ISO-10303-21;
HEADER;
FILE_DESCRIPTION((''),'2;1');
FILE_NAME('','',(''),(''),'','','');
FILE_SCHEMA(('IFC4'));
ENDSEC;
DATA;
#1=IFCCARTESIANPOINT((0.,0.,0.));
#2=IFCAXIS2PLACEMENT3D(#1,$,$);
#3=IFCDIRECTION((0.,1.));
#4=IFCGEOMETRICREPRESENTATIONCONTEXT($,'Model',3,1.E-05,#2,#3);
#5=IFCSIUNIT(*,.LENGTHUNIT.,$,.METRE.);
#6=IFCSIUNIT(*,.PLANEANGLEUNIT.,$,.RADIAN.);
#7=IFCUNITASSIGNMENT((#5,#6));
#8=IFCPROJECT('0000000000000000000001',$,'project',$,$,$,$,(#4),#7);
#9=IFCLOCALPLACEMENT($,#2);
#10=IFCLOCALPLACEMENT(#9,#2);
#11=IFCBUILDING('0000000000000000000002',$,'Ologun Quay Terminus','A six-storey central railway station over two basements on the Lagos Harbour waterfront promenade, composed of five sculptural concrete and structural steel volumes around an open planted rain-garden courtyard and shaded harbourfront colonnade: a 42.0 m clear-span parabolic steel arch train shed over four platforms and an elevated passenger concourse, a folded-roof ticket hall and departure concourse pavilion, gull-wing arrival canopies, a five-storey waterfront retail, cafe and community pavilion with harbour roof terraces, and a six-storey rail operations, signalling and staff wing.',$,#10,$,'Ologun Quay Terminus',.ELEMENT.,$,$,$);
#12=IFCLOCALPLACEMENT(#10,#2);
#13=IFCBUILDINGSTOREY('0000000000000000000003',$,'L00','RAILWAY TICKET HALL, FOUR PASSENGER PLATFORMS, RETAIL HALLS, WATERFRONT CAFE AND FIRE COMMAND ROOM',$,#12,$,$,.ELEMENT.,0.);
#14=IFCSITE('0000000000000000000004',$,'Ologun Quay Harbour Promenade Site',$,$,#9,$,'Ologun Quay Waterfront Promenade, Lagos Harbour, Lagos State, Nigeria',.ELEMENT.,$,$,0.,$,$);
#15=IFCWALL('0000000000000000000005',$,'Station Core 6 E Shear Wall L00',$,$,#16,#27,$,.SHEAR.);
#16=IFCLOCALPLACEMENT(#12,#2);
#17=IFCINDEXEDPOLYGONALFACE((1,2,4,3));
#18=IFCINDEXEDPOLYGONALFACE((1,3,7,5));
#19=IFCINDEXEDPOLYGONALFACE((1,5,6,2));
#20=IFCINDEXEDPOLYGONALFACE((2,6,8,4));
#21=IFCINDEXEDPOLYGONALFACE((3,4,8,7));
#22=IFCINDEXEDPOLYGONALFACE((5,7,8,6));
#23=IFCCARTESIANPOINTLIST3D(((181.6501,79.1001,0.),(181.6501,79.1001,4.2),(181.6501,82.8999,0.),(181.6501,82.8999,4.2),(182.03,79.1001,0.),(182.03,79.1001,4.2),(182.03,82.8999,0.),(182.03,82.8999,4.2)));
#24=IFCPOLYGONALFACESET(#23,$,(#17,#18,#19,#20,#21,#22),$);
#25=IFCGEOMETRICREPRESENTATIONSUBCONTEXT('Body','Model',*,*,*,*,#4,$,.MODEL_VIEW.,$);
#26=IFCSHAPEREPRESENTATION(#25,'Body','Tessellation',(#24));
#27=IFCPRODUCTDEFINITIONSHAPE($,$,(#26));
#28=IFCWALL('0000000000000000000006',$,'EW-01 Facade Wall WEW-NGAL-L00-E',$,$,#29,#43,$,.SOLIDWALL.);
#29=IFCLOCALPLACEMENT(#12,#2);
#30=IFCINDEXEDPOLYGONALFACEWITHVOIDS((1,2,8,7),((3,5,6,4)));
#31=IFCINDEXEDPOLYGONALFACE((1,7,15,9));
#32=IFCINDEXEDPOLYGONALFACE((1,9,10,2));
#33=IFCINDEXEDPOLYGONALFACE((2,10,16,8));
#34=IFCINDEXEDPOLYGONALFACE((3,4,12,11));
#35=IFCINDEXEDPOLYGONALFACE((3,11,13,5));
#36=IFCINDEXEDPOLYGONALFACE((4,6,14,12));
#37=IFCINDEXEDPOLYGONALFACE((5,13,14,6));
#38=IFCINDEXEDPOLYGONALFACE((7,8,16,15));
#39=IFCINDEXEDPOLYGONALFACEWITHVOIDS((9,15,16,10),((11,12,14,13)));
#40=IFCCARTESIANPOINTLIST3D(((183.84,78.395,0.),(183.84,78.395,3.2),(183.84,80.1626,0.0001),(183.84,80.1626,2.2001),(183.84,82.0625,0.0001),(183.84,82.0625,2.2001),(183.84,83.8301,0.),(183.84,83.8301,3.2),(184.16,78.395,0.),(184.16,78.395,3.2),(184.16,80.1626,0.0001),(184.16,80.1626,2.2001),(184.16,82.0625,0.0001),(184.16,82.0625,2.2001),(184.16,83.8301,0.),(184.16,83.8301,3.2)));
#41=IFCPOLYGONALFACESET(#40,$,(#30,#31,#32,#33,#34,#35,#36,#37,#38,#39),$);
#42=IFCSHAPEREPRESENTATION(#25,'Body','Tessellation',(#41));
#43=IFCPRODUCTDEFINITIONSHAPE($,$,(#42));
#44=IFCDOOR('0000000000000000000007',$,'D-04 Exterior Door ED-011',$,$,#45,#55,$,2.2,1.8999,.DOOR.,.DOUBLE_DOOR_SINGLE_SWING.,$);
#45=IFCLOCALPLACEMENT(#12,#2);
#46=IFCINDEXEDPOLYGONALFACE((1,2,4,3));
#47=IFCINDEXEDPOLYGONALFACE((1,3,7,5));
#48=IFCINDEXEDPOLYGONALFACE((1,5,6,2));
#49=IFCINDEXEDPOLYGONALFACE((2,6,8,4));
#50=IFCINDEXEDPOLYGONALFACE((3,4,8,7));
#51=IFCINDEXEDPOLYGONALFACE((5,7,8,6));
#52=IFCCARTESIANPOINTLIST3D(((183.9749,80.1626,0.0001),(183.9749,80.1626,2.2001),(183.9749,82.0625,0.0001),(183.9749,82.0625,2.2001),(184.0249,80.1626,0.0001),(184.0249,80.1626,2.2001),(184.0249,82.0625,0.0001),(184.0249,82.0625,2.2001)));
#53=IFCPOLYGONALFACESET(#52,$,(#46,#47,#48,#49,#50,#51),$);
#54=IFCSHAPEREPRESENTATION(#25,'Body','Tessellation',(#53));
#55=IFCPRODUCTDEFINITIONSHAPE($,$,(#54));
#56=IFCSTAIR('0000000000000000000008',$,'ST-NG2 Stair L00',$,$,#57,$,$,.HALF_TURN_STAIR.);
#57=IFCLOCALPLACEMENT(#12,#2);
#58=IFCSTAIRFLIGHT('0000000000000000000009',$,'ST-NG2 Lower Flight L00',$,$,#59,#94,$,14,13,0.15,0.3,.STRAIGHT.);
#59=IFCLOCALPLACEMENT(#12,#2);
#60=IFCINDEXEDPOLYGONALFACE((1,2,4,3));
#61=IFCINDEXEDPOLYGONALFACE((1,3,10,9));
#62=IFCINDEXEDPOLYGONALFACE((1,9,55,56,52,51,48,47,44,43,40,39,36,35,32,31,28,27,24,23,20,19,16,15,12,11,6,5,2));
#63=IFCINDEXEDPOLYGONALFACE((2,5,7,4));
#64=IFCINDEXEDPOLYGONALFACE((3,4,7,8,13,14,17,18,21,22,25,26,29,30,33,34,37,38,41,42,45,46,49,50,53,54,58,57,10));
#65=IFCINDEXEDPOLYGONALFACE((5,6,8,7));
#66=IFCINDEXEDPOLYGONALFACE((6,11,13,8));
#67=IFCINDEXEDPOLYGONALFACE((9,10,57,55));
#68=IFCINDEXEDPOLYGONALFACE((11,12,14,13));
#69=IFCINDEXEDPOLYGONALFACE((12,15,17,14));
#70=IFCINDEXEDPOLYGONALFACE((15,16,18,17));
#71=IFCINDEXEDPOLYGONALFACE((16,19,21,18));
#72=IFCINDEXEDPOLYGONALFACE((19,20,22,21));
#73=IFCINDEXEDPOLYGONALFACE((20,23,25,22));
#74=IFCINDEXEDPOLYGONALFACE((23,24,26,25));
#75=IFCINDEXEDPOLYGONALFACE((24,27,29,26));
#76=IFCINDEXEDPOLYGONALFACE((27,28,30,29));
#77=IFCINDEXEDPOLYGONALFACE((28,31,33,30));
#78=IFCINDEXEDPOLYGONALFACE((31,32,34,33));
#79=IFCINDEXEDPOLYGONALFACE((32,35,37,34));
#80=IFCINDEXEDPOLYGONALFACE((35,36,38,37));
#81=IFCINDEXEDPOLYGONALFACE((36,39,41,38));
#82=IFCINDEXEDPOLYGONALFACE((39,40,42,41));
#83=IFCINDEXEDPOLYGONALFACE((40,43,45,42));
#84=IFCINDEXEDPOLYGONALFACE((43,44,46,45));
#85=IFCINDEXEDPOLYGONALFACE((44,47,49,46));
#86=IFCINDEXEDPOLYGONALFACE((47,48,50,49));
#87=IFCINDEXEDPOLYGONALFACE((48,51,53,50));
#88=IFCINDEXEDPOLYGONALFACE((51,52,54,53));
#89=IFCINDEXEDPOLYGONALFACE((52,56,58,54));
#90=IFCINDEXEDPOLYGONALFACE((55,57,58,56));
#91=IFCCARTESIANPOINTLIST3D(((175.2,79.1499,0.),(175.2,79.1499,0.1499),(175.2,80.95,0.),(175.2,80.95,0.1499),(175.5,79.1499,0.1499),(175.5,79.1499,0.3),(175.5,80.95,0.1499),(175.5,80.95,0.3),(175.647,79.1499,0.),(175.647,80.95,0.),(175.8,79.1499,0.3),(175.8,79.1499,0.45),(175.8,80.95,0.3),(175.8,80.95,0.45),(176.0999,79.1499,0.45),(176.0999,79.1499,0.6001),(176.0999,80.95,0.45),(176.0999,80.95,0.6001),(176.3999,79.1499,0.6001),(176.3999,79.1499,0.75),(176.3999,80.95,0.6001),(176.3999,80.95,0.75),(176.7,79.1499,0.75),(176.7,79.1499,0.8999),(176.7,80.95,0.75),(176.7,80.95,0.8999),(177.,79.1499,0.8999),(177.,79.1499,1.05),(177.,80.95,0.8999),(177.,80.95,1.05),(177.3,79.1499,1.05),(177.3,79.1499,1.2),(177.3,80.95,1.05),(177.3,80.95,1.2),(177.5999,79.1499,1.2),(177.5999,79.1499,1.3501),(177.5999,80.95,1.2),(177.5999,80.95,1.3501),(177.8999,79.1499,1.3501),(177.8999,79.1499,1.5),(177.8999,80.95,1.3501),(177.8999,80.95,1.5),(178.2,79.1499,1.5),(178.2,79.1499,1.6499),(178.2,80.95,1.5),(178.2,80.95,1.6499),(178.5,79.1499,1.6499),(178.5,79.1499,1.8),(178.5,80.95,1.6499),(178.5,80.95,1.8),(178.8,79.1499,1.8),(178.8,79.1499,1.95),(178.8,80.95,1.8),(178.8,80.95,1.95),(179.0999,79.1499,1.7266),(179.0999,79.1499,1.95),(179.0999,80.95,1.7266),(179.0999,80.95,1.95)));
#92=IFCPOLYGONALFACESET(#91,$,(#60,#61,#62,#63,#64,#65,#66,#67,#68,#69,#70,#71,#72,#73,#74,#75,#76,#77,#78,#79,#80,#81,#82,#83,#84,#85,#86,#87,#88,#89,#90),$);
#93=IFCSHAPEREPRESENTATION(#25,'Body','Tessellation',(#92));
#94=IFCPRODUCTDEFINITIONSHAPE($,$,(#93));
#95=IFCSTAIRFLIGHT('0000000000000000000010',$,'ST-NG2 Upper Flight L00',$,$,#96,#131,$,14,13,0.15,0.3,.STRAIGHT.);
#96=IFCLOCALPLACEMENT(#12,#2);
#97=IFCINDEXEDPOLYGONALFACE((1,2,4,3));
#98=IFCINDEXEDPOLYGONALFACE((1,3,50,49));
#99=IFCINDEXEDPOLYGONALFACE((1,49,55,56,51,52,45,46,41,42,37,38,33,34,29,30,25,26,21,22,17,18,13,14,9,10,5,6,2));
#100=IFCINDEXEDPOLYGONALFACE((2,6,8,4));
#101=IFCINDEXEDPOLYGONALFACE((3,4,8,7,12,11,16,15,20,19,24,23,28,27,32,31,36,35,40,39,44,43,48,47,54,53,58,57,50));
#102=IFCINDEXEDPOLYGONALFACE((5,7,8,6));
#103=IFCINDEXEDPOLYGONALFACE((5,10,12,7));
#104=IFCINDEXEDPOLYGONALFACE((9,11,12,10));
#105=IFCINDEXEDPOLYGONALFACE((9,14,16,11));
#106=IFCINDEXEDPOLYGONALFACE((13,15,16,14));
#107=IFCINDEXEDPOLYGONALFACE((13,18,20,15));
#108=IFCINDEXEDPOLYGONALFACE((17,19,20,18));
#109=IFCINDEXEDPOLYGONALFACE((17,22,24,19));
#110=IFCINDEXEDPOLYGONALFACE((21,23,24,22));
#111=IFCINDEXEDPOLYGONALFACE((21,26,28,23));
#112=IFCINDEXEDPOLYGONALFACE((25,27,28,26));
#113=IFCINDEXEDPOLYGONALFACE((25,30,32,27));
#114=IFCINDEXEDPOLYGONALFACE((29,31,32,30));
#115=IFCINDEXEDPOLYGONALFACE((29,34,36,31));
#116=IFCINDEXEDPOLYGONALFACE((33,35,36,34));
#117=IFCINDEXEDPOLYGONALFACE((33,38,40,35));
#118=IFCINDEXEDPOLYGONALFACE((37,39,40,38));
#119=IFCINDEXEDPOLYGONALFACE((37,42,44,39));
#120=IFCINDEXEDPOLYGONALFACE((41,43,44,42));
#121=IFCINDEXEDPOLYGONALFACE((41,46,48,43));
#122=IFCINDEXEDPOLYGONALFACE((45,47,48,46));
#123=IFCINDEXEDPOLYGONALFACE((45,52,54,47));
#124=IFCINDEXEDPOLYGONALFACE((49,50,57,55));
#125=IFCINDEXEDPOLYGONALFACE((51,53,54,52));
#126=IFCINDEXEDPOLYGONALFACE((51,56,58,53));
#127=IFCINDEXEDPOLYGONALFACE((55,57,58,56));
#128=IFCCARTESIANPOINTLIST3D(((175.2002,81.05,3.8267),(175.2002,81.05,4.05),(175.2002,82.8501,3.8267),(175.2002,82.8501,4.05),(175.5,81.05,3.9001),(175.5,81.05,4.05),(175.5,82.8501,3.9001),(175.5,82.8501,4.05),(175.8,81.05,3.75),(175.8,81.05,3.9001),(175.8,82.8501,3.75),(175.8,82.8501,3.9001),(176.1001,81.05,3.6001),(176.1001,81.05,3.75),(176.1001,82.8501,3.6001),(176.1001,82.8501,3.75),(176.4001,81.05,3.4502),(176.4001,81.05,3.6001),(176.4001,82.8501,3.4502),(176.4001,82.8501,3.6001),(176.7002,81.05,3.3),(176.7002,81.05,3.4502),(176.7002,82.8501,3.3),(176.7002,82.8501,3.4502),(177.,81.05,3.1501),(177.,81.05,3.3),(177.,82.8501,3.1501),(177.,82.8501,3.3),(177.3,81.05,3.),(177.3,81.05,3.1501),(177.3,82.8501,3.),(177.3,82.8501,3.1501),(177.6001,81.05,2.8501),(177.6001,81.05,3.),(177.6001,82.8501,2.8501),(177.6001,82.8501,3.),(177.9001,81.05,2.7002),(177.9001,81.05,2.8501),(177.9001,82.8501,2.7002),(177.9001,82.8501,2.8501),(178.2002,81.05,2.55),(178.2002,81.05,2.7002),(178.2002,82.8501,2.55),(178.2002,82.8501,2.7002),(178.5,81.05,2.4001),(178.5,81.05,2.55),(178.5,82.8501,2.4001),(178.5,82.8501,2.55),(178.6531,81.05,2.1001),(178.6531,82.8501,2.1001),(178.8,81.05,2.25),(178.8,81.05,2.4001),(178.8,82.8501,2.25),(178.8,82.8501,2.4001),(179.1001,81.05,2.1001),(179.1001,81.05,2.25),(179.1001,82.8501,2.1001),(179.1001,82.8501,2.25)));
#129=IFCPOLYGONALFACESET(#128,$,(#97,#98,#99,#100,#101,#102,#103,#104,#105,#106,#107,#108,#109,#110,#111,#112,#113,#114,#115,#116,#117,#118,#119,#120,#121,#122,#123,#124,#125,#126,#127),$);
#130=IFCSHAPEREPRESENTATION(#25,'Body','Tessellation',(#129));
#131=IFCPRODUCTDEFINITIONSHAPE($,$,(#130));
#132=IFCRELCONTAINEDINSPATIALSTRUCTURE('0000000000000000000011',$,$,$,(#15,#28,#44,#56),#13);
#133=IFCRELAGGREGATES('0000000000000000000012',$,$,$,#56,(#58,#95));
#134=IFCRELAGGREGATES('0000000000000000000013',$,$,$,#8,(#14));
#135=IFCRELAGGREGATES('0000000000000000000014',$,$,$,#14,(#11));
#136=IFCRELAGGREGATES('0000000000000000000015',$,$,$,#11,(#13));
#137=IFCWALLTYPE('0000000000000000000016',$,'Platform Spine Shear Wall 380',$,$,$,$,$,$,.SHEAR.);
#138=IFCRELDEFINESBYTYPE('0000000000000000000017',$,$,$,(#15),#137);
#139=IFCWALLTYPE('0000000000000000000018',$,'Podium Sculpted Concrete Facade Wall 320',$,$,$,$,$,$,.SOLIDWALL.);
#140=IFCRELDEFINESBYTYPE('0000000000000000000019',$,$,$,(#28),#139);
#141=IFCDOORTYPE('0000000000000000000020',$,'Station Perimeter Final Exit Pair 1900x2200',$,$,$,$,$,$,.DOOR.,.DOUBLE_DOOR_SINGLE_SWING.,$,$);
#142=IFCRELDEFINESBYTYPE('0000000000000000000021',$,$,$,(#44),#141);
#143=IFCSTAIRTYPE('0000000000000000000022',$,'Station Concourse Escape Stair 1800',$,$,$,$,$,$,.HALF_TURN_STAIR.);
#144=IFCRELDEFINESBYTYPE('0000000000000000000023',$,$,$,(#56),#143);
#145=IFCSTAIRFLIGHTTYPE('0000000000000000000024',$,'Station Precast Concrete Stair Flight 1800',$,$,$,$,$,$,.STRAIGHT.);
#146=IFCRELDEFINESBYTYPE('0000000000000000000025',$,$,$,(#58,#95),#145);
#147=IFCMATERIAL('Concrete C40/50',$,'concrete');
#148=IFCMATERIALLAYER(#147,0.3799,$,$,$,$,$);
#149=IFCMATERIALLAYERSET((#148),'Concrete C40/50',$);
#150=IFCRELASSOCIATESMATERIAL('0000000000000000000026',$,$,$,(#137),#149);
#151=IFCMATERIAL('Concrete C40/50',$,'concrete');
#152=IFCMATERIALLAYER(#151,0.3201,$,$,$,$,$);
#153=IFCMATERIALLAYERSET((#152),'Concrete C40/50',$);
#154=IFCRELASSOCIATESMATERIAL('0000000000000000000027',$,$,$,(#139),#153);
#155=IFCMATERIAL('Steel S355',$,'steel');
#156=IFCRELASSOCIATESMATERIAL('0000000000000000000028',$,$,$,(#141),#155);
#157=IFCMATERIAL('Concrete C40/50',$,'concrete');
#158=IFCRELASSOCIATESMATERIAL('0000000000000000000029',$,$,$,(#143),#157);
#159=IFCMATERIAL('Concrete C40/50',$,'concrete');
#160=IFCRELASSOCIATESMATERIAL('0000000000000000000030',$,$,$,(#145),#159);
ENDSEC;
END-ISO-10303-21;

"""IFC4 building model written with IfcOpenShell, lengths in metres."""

from ifc_helpers import new_model, si_unit, direction, frame, frame_2d, origin, place, context, subcontext, project, spatial, polyline, rectangle, outline, extrude, material, layer, layer_set, type_object, element, fill, aggregate, save


model = new_model("IFC4")

# Units and contexts
model_context = context("Model", 3, precision=1e-05, world=origin(), true_north=direction((0.0, 1.0)))
body_context = subcontext(model_context, "Body", "Model", "MODEL_VIEW")
ifc_project = project(units=[si_unit("LENGTHUNIT", "METRE"), si_unit("PLANEANGLEUNIT", "RADIAN")], contexts=[model_context])

# Site, building, storey
site_placement = place(None, origin())
site = spatial("IfcSite", under=ifc_project, at=site_placement, Name="Ologun Quay Harbour Promenade Site", LongName="Ologun Quay Waterfront Promenade, Lagos Harbour, Lagos State, Nigeria", CompositionType="ELEMENT", RefElevation=0.0)
building_placement = place(site_placement, origin())
building = spatial("IfcBuilding", under=site, at=building_placement, Name="Ologun Quay Terminus", Description="A six-storey central railway station over two basements on the Lagos Harbour waterfront promenade, composed of five sculptural concrete and structural steel volumes around an open planted rain-garden courtyard and shaded harbourfront colonnade: a 42.0 m clear-span parabolic steel arch train shed over four platforms and an elevated passenger concourse, a folded-roof ticket hall and departure concourse pavilion, gull-wing arrival canopies, a five-storey waterfront retail, cafe and community pavilion with harbour roof terraces, and a six-storey rail operations, signalling and staff wing.", LongName="Ologun Quay Terminus", CompositionType="ELEMENT")
storey_placement = place(building_placement, origin())
storey = spatial("IfcBuildingStorey", under=building, at=storey_placement, Name="L00", Description="RAILWAY TICKET HALL, FOUR PASSENGER PLATFORMS, RETAIL HALLS, WATERFRONT CAFE AND FIRE COMMAND ROOM", CompositionType="ELEMENT", Elevation=0.0)

# Shared definitions
ifc_material_1 = material(Name="Concrete C40/50", Category="concrete")
ifc_layer_1 = layer(ifc_material_1, 0.3799)
ifc_layer_set_1 = layer_set([ifc_layer_1], Name="Concrete C40/50")
wall_type_1 = type_object("IfcWallType", Name="Platform Spine Shear Wall 380", PredefinedType="SHEAR", material=ifc_layer_set_1)

# Wall
wall_1_placement = place(storey_placement, frame((181.8401, 79.1001, 0.0), z_axis=(0.0, 0.0, 1.0), x_axis=(0.0, 1.0, 0.0)))
element("IfcWall", 1, at=wall_1_placement, inside=storey, type_object=wall_type_1, Name="Station Core 6 E Shear Wall L00", PredefinedType="SHEAR", context=body_context, shape_type="SweptSolid", body=[
    extrude(rectangle(XDim=3.7998, YDim=0.3799, at=frame_2d((1.8999, 0.0))), origin(), (0.0, 0.0, 1.0), 4.2),
])

# Wall, opening, door
ifc_material_2 = material(Name="Concrete C40/50", Category="concrete")
ifc_layer_2 = layer(ifc_material_2, 0.3201)
ifc_layer_set_2 = layer_set([ifc_layer_2], Name="Concrete C40/50")
wall_type_2 = type_object("IfcWallType", Name="Podium Sculpted Concrete Facade Wall 320", PredefinedType="SOLIDWALL", material=ifc_layer_set_2)
wall_2_placement = place(storey_placement, frame((184.0, 78.395, 0.0), z_axis=(0.0, 0.0, 1.0), x_axis=(0.0, 1.0, 0.0)))
wall_2 = element("IfcWall", 2, at=wall_2_placement, inside=storey, type_object=wall_type_2, Name="EW-01 Facade Wall WEW-NGAL-L00-E", PredefinedType="SOLIDWALL", context=body_context, shape_type="SweptSolid", body=[
    extrude(rectangle(XDim=5.4351, YDim=0.3201, at=frame_2d((2.7175, 0.0))), origin(), (0.0, 0.0, 1.0), 3.2),
])
opening_1_placement = place(wall_2_placement, frame((1.7676, 0.0, 0.0)))
opening_1 = element("IfcOpeningElement", 3, at=opening_1_placement, cuts=wall_2, PredefinedType="OPENING", context=body_context, shape_type="SweptSolid", body=[
    extrude(rectangle(XDim=1.8999, YDim=2.2, at=frame_2d((0.95, 1.1001))), frame((0.0, 0.1699, 0.0), z_axis=(0.0, -1.0, 0.0), x_axis=(1.0, 0.0, 0.0)), (0.0, 0.0, 1.0), 0.3401),
])
ifc_material_3 = material(Name="Steel S355", Category="steel")
door_type_1 = type_object("IfcDoorType", Name="Station Perimeter Final Exit Pair 1900x2200", OperationType="DOUBLE_DOOR_SINGLE_SWING", PredefinedType="DOOR", material=ifc_material_3)
door_1_placement = place(opening_1_placement, frame((0.95, 0.0, 0.0), z_axis=(0.0, 0.0, 1.0), x_axis=(-1.0, 0.0, 0.0)))
door_1 = element("IfcDoor", 4, at=door_1_placement, inside=storey, type_object=door_type_1, Name="D-04 Exterior Door ED-011", OperationType="DOUBLE_DOOR_SINGLE_SWING", OverallHeight=2.2, OverallWidth=1.8999, PredefinedType="DOOR", context=body_context, shape_type="SweptSolid", body=[
    extrude(rectangle(XDim=1.8999, YDim=2.2, at=frame_2d((0.0, 1.1001))), frame((0.0, 0.0249, 0.0), z_axis=(0.0, -1.0, 0.0), x_axis=(1.0, 0.0, 0.0)), (0.0, 0.0, 1.0), 0.05),
])
fill(opening_1, door_1)

# Stair, stair flights
ifc_material_4 = material(Name="Concrete C40/50", Category="concrete")
stair_type = type_object("IfcStairType", Name="Station Concourse Escape Stair 1800", PredefinedType="HALF_TURN_STAIR", material=ifc_material_4)
stair_placement = place(storey_placement, origin())
stair = element("IfcStair", 5, at=stair_placement, inside=storey, type_object=stair_type, Name="ST-NG2 Stair L00", PredefinedType="HALF_TURN_STAIR")
ifc_material_5 = material(Name="Concrete C40/50", Category="concrete")
stair_flight_type = type_object("IfcStairFlightType", Name="Station Precast Concrete Stair Flight 1800", PredefinedType="STRAIGHT", material=ifc_material_5)
stair_flight_1_placement = place(storey_placement, frame((175.2, 80.05, 0.0), z_axis=(0.0, 0.0, 1.0), x_axis=(1.0, 0.0, 0.0)))
stair_flight_1 = element("IfcStairFlight", 6, at=stair_flight_1_placement, type_object=stair_flight_type, Name="ST-NG2 Lower Flight L00", NumberOfRisers=14, NumberOfTreads=13, PredefinedType="STRAIGHT", RiserHeight=0.15, TreadLength=0.3, context=body_context, shape_type="SweptSolid", body=[
    extrude(outline(polyline([(0.0, 0.0), (0.0, 0.1499), (0.3, 0.1499), (0.3, 0.3), (0.6001, 0.3), (0.6001, 0.45), (0.8999, 0.45), (0.8999, 0.6001), (1.2, 0.6001), (1.2, 0.75), (1.5, 0.75), (1.5, 0.8999), (1.8, 0.8999), (1.8, 1.05), (2.1001, 1.05), (2.1001, 1.2), (2.3999, 1.2), (2.3999, 1.3501), (2.7, 1.3501), (2.7, 1.5), (3.0, 1.5), (3.0, 1.6499), (3.3, 1.6499), (3.3, 1.8), (3.6001, 1.8), (3.6001, 1.95), (3.8999, 1.95), (3.8999, 2.1001), (3.8999, 1.7266), (0.447, 0.0), (0.0, 0.0)])), frame((0.0, 0.8999, 0.0), z_axis=(0.0, -1.0, 0.0), x_axis=(1.0, 0.0, 0.0)), (0.0, 0.0, 1.0), 1.8),
])
stair_flight_2_placement = place(storey_placement, frame((179.1001, 81.95, 2.1001), z_axis=(0.0, 0.0, 1.0), x_axis=(-1.0, 0.0, 0.0)))
stair_flight_2 = element("IfcStairFlight", 7, at=stair_flight_2_placement, type_object=stair_flight_type, Name="ST-NG2 Upper Flight L00", NumberOfRisers=14, NumberOfTreads=13, PredefinedType="STRAIGHT", RiserHeight=0.15, TreadLength=0.3, context=body_context, shape_type="SweptSolid", body=[
    extrude(outline(polyline([(0.0, 0.0), (0.0, 0.1499), (0.3, 0.1499), (0.3, 0.3), (0.6001, 0.3), (0.6001, 0.45), (0.8999, 0.45), (0.8999, 0.6001), (1.2, 0.6001), (1.2, 0.75), (1.5, 0.75), (1.5, 0.8999), (1.8, 0.8999), (1.8, 1.05), (2.1001, 1.05), (2.1001, 1.2), (2.3999, 1.2), (2.3999, 1.3501), (2.7, 1.3501), (2.7, 1.5), (3.0, 1.5), (3.0, 1.6499), (3.3, 1.6499), (3.3, 1.8), (3.6001, 1.8), (3.6001, 1.95), (3.8999, 1.95), (3.8999, 2.1001), (3.8999, 1.7266), (0.447, 0.0), (0.0, 0.0)])), frame((0.0, 0.8999, 0.0), z_axis=(0.0, -1.0, 0.0), x_axis=(1.0, 0.0, 0.0)), (0.0, 0.0, 1.0), 1.8),
])
aggregate(stair, [stair_flight_1, stair_flight_2])

save(model, "model.ifc")
